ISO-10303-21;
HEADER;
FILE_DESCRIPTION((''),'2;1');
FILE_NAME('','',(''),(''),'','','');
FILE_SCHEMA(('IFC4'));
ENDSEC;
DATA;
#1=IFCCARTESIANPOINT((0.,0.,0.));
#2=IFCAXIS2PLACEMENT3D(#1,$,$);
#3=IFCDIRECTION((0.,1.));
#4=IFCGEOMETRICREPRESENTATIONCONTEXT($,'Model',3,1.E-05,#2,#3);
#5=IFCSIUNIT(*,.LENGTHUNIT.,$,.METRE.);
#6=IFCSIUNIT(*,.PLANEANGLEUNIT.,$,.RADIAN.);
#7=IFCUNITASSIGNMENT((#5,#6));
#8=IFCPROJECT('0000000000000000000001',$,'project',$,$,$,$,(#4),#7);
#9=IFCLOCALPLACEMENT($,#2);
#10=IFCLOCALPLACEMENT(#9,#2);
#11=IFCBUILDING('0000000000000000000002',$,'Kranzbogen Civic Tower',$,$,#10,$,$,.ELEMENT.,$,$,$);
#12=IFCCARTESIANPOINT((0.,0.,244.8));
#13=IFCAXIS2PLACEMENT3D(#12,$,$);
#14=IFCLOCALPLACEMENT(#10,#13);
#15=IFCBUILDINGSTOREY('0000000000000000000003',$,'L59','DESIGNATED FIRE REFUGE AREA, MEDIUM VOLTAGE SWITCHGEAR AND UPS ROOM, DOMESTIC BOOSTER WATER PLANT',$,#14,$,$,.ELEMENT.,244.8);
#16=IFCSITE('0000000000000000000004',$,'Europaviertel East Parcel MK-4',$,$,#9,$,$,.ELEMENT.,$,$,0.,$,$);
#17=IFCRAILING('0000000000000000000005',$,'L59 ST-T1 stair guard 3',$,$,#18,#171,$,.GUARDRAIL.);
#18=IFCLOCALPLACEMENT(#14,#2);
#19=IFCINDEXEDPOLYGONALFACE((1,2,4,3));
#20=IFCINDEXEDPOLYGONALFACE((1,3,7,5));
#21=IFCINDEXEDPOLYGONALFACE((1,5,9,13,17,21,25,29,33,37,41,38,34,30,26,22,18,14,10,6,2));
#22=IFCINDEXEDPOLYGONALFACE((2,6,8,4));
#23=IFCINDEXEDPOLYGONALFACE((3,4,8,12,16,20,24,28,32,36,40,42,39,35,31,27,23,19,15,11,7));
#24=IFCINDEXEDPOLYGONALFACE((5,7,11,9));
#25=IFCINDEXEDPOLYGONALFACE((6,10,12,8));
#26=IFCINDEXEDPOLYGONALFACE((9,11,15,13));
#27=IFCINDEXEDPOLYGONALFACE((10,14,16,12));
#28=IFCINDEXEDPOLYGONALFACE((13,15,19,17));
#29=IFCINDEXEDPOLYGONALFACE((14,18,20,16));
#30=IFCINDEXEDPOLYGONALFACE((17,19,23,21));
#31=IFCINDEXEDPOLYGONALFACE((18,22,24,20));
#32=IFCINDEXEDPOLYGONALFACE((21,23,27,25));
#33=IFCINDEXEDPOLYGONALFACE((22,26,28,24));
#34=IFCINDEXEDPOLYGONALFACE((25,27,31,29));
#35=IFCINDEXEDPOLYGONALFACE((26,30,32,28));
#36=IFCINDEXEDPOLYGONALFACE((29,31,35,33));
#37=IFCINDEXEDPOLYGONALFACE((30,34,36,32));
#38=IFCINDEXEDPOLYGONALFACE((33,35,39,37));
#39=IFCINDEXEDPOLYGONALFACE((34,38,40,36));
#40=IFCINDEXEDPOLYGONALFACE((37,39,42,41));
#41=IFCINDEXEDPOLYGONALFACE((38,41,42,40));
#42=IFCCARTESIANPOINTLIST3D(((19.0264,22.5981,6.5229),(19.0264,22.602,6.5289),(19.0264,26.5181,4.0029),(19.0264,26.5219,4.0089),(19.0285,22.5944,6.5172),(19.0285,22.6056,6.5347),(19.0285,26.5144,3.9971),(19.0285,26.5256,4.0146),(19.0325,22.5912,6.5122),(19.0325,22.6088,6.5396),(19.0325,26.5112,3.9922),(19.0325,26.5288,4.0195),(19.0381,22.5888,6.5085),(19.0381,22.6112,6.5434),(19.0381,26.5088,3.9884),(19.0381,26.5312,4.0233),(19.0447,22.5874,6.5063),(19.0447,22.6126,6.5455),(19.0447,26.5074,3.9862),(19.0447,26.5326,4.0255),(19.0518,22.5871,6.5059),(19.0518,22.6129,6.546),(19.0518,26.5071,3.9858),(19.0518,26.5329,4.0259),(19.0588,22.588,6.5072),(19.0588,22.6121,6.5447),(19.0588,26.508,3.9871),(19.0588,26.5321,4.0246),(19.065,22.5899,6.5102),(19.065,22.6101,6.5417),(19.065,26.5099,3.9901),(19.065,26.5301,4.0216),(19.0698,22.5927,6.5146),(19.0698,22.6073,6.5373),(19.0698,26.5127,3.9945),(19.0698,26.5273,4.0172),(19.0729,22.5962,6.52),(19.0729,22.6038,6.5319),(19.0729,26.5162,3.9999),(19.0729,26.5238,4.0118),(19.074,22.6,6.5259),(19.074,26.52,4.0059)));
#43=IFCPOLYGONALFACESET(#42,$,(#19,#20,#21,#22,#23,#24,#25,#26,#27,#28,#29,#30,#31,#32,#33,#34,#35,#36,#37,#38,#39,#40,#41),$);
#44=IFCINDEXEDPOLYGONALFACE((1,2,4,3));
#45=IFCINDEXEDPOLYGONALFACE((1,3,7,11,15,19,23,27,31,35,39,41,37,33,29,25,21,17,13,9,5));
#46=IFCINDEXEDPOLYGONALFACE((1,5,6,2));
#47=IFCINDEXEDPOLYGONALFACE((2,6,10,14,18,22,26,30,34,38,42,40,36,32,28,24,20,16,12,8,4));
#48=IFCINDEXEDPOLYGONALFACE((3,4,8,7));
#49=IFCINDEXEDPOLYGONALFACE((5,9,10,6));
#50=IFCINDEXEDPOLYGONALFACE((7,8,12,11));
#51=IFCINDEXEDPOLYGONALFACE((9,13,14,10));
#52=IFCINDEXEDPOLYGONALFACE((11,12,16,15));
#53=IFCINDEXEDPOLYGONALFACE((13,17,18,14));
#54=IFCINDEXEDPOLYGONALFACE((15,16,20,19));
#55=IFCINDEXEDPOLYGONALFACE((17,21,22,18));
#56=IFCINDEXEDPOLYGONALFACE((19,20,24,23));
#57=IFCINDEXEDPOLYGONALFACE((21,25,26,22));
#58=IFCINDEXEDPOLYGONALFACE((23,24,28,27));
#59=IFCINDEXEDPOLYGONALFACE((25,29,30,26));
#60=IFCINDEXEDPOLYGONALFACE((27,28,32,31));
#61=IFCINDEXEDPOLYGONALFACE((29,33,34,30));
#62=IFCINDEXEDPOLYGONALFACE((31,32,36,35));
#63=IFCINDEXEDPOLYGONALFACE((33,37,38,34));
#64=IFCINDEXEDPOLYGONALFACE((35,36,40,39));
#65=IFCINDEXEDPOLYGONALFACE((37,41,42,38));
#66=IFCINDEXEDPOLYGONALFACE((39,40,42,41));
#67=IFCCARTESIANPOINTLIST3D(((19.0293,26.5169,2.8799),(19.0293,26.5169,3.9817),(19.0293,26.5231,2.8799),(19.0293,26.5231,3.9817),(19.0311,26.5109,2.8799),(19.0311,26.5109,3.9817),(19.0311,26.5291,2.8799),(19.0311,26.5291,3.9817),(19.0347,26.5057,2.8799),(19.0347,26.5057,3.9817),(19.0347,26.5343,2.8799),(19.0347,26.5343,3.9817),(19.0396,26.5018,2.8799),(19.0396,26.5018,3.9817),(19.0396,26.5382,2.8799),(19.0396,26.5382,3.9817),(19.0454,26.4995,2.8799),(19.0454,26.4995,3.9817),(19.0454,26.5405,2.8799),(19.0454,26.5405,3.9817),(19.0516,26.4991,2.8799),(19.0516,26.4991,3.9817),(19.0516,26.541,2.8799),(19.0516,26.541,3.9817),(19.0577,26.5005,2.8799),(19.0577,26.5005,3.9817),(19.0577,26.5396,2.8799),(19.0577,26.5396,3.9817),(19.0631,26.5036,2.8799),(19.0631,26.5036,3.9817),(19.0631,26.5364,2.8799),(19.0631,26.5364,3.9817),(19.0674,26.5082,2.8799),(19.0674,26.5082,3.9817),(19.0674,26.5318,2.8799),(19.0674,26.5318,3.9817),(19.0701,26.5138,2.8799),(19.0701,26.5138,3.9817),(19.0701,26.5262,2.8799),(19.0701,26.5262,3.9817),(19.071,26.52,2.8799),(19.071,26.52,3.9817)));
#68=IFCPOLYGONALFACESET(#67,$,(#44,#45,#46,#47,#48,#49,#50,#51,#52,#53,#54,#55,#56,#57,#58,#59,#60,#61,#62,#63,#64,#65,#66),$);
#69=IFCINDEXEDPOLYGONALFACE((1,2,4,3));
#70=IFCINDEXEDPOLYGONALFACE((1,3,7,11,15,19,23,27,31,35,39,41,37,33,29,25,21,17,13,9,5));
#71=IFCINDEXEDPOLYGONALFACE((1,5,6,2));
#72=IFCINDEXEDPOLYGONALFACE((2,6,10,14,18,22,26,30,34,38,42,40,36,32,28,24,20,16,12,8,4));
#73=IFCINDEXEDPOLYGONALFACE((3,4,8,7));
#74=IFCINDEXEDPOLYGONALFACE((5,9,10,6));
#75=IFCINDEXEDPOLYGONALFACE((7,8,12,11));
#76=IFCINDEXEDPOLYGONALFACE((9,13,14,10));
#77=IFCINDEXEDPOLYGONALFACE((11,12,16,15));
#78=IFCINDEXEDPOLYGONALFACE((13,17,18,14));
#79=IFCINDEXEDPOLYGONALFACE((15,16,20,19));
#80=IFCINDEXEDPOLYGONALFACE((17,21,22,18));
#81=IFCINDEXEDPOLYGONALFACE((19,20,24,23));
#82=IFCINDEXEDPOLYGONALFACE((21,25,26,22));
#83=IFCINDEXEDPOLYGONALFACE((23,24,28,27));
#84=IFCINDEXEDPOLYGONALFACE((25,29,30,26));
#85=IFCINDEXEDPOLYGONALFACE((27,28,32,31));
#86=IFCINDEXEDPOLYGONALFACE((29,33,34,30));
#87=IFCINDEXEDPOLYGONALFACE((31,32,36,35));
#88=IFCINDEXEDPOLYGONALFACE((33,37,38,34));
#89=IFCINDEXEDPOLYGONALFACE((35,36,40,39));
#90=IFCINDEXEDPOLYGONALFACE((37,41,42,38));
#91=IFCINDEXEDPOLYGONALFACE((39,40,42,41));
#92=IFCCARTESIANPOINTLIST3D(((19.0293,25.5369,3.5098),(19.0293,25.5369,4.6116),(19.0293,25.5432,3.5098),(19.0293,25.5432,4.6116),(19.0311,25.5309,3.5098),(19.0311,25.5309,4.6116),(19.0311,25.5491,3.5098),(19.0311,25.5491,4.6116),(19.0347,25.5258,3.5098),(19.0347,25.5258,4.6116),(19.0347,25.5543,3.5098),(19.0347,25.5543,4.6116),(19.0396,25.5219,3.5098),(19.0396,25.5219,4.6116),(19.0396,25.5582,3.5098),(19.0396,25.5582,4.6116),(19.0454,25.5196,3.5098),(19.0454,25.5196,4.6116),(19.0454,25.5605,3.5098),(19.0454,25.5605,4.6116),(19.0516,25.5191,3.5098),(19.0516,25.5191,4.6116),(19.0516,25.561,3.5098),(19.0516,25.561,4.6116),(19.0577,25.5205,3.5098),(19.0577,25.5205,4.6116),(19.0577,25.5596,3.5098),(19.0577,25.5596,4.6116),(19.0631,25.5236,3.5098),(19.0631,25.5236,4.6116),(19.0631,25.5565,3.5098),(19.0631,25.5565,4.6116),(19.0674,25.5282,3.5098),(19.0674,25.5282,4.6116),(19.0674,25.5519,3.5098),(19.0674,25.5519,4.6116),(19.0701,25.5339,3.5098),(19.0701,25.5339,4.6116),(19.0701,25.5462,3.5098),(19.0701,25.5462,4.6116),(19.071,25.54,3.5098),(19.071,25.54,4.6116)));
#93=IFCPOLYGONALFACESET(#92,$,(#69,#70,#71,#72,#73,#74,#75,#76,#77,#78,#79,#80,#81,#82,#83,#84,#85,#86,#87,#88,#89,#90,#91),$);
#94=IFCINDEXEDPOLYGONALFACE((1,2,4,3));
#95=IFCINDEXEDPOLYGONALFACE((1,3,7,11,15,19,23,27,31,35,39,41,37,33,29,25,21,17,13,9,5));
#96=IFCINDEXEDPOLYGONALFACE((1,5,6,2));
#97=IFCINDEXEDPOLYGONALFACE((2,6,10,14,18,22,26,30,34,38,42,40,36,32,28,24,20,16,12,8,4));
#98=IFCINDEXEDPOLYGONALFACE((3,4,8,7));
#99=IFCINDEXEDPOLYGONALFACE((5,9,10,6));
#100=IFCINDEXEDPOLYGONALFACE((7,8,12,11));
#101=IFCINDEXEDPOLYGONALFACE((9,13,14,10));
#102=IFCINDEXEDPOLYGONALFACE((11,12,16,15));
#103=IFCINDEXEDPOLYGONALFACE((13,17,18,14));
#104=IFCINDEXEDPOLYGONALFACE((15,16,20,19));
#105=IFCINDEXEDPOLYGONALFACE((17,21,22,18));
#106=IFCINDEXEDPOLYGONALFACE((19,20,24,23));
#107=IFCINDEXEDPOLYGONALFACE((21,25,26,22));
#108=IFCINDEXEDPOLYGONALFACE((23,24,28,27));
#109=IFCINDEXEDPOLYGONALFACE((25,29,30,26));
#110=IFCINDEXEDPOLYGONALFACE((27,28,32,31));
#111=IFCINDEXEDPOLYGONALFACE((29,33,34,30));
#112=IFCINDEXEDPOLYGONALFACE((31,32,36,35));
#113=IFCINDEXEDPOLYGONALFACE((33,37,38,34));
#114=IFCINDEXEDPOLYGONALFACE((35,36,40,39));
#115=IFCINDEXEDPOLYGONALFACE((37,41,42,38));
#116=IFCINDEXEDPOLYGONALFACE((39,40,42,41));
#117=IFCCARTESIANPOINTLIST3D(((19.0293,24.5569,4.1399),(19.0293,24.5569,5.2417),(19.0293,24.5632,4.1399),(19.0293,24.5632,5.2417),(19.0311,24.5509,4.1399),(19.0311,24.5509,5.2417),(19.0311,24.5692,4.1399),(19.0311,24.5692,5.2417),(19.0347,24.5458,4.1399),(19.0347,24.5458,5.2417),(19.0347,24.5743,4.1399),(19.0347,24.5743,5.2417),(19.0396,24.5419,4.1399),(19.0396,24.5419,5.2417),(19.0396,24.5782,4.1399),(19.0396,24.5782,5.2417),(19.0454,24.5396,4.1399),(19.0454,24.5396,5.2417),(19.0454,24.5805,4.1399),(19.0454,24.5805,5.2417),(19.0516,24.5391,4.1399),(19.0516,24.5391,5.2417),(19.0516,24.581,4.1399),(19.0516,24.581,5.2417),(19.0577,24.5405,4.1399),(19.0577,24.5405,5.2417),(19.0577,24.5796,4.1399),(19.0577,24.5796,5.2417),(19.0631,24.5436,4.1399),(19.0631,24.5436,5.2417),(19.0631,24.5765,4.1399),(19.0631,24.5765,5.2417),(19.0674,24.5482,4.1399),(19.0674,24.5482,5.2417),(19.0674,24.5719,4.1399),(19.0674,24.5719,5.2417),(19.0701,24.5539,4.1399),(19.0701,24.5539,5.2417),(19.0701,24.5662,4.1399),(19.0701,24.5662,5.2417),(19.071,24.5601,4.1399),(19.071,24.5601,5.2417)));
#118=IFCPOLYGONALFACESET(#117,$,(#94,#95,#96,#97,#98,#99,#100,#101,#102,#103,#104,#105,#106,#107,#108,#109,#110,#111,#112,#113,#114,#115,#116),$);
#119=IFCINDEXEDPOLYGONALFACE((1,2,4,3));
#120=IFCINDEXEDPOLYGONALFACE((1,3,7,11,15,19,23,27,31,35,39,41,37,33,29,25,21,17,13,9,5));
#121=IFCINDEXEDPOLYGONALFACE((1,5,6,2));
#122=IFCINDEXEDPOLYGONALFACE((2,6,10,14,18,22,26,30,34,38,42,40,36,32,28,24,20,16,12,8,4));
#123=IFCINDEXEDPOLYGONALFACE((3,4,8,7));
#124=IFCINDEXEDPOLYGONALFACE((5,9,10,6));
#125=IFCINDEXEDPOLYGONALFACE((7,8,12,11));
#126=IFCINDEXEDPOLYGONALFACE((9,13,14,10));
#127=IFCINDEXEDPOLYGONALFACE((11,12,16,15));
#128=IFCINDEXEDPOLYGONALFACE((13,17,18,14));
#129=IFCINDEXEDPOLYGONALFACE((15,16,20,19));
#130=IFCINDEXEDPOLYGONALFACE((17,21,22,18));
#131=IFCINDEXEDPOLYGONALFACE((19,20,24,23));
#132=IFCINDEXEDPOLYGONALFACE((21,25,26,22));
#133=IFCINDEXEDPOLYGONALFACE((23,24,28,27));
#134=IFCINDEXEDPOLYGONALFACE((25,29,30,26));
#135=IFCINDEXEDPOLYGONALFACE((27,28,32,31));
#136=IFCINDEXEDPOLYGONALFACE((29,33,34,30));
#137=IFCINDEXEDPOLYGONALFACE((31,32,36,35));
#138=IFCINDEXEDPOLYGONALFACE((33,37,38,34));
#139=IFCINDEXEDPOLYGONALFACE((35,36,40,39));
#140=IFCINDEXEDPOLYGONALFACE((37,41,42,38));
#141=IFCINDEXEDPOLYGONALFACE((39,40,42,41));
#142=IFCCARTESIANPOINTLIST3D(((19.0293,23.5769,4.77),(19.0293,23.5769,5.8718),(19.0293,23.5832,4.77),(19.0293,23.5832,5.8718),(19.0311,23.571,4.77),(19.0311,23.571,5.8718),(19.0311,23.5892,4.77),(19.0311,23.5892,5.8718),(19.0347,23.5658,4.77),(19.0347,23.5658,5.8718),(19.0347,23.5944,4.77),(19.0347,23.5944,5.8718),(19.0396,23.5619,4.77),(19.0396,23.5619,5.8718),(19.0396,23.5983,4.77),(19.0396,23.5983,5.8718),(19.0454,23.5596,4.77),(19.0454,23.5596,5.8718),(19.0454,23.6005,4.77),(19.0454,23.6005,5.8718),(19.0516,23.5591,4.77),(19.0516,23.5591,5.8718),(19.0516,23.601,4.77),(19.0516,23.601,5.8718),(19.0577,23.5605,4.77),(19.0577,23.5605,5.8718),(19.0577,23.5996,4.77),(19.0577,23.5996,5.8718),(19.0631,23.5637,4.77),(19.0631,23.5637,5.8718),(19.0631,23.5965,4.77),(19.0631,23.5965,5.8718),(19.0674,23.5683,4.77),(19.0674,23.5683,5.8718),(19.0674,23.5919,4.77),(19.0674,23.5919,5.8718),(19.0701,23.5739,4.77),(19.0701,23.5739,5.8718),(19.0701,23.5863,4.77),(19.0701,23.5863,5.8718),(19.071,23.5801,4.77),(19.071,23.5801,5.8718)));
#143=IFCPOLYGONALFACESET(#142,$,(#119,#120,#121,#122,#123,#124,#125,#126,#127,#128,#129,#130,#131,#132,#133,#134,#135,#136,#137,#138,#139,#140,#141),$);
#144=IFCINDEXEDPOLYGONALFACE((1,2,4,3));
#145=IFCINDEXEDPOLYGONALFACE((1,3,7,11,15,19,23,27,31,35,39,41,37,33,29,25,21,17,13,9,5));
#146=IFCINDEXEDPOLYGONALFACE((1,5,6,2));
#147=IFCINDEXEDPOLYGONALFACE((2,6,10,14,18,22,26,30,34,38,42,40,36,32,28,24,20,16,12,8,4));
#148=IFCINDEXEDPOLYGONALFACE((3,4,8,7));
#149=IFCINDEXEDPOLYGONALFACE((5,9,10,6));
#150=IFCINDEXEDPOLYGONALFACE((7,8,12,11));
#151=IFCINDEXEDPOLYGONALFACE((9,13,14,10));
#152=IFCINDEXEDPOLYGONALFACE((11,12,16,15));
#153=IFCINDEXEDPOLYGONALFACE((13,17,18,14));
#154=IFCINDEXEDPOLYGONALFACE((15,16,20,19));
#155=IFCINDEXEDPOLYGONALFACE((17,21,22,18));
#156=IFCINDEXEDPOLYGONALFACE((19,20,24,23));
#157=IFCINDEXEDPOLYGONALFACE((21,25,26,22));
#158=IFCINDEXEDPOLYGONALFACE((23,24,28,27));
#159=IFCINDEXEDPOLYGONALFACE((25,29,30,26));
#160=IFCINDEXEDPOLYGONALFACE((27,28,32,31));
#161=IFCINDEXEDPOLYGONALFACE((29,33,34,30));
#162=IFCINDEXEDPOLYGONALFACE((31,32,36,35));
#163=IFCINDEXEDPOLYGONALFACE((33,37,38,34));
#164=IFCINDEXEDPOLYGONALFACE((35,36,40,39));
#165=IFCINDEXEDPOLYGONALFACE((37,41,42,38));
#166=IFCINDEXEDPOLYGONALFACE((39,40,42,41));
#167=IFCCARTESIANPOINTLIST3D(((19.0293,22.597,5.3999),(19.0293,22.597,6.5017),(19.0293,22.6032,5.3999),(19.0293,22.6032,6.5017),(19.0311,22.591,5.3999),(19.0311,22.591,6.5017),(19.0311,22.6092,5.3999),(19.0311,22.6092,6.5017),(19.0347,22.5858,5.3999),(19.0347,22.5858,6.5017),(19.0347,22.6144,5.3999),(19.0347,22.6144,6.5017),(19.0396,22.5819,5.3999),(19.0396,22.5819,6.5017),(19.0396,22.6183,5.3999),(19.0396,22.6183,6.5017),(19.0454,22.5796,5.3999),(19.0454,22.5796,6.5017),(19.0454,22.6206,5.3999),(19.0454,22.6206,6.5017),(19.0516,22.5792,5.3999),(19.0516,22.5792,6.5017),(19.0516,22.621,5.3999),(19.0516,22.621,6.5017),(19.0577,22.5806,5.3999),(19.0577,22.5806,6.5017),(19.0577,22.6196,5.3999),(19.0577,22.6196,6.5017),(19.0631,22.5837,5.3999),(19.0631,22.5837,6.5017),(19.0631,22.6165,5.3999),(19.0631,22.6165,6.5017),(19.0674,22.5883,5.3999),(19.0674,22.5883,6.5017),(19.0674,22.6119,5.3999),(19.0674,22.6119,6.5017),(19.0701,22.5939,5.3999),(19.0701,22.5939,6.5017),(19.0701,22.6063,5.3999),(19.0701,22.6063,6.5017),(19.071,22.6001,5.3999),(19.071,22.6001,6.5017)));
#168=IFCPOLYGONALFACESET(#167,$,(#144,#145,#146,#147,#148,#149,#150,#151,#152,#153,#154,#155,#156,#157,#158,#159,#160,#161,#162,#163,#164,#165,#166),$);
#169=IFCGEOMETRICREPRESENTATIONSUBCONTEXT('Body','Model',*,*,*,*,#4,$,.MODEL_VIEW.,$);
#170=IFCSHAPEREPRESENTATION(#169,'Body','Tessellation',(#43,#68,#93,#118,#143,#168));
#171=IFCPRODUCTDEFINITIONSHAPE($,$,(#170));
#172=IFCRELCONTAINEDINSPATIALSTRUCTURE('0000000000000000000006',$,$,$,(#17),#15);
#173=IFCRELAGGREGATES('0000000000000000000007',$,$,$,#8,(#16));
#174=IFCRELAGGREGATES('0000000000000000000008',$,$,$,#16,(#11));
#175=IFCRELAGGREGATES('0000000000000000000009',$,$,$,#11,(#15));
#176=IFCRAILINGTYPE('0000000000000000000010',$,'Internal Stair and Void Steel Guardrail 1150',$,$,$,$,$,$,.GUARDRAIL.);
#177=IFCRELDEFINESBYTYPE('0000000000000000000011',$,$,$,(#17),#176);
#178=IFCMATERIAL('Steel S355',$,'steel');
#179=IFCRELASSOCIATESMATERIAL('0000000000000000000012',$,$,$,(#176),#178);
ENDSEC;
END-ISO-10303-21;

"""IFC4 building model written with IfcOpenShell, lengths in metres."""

from ifc_helpers import new_model, si_unit, direction, frame, origin, origin_2d, place, context, subcontext, project, spatial, circle, extrude, material, type_object, element, save


model = new_model("IFC4")

# Units and contexts
model_context = context("Model", 3, precision=1e-05, world=origin(), true_north=direction((0.0, 1.0)))
body_context = subcontext(model_context, "Body", "Model", "MODEL_VIEW")
ifc_project = project(units=[si_unit("LENGTHUNIT", "METRE"), si_unit("PLANEANGLEUNIT", "RADIAN")], contexts=[model_context])

# Site, building, storey
site_placement = place(None, origin())
site = spatial("IfcSite", under=ifc_project, at=site_placement, Name="Europaviertel East Parcel MK-4", CompositionType="ELEMENT", RefElevation=0.0)
building_placement = place(site_placement, origin())
building = spatial("IfcBuilding", under=site, at=building_placement, Name="Kranzbogen Civic Tower", CompositionType="ELEMENT")
storey_placement = place(building_placement, frame((0.0, 0.0, 244.8)))
storey = spatial("IfcBuildingStorey", under=building, at=storey_placement, Name="L59", Description="DESIGNATED FIRE REFUGE AREA, MEDIUM VOLTAGE SWITCHGEAR AND UPS ROOM, DOMESTIC BOOSTER WATER PLANT", CompositionType="ELEMENT", Elevation=244.8)

# Shared definitions
ifc_material_1 = material(Name="Steel S355", Category="steel")

# Railing
railing_type = type_object("IfcRailingType", Name="Internal Stair and Void Steel Guardrail 1150", PredefinedType="GUARDRAIL", material=ifc_material_1)
railing_1_placement = place(storey_placement, frame((19.05, 26.52, 2.8799)))
element("IfcRailing", 1, at=railing_1_placement, inside=storey, type_object=railing_type, Name="L59 ST-T1 stair guard 3", PredefinedType="GUARDRAIL", context=body_context, shape_type="SweptSolid", body=[
    extrude(circle(Radius=0.0239, at=origin_2d()), frame((0.0, 0.0, 1.126), z_axis=(0.0, -0.841172, 0.540768), x_axis=(1.0, 0.0, 0.0)), (0.0, 0.0, 1.0), 4.6602),
    extrude(circle(Radius=0.021, at=origin_2d()), origin(), (0.0, 0.0, 1.0), 1.1018),
    extrude(circle(Radius=0.021, at=origin_2d()), frame((0.0, -0.98, 0.6299)), (0.0, 0.0, 1.0), 1.1018),
    extrude(circle(Radius=0.021, at=origin_2d()), frame((0.0, -1.96, 1.26)), (0.0, 0.0, 1.0), 1.1018),
    extrude(circle(Radius=0.021, at=origin_2d()), frame((0.0, -2.9399, 1.8901)), (0.0, 0.0, 1.0), 1.1018),
    extrude(circle(Radius=0.021, at=origin_2d()), frame((0.0, -3.9199, 2.52)), (0.0, 0.0, 1.0), 1.1018),
])

save(model, "model.ifc")
